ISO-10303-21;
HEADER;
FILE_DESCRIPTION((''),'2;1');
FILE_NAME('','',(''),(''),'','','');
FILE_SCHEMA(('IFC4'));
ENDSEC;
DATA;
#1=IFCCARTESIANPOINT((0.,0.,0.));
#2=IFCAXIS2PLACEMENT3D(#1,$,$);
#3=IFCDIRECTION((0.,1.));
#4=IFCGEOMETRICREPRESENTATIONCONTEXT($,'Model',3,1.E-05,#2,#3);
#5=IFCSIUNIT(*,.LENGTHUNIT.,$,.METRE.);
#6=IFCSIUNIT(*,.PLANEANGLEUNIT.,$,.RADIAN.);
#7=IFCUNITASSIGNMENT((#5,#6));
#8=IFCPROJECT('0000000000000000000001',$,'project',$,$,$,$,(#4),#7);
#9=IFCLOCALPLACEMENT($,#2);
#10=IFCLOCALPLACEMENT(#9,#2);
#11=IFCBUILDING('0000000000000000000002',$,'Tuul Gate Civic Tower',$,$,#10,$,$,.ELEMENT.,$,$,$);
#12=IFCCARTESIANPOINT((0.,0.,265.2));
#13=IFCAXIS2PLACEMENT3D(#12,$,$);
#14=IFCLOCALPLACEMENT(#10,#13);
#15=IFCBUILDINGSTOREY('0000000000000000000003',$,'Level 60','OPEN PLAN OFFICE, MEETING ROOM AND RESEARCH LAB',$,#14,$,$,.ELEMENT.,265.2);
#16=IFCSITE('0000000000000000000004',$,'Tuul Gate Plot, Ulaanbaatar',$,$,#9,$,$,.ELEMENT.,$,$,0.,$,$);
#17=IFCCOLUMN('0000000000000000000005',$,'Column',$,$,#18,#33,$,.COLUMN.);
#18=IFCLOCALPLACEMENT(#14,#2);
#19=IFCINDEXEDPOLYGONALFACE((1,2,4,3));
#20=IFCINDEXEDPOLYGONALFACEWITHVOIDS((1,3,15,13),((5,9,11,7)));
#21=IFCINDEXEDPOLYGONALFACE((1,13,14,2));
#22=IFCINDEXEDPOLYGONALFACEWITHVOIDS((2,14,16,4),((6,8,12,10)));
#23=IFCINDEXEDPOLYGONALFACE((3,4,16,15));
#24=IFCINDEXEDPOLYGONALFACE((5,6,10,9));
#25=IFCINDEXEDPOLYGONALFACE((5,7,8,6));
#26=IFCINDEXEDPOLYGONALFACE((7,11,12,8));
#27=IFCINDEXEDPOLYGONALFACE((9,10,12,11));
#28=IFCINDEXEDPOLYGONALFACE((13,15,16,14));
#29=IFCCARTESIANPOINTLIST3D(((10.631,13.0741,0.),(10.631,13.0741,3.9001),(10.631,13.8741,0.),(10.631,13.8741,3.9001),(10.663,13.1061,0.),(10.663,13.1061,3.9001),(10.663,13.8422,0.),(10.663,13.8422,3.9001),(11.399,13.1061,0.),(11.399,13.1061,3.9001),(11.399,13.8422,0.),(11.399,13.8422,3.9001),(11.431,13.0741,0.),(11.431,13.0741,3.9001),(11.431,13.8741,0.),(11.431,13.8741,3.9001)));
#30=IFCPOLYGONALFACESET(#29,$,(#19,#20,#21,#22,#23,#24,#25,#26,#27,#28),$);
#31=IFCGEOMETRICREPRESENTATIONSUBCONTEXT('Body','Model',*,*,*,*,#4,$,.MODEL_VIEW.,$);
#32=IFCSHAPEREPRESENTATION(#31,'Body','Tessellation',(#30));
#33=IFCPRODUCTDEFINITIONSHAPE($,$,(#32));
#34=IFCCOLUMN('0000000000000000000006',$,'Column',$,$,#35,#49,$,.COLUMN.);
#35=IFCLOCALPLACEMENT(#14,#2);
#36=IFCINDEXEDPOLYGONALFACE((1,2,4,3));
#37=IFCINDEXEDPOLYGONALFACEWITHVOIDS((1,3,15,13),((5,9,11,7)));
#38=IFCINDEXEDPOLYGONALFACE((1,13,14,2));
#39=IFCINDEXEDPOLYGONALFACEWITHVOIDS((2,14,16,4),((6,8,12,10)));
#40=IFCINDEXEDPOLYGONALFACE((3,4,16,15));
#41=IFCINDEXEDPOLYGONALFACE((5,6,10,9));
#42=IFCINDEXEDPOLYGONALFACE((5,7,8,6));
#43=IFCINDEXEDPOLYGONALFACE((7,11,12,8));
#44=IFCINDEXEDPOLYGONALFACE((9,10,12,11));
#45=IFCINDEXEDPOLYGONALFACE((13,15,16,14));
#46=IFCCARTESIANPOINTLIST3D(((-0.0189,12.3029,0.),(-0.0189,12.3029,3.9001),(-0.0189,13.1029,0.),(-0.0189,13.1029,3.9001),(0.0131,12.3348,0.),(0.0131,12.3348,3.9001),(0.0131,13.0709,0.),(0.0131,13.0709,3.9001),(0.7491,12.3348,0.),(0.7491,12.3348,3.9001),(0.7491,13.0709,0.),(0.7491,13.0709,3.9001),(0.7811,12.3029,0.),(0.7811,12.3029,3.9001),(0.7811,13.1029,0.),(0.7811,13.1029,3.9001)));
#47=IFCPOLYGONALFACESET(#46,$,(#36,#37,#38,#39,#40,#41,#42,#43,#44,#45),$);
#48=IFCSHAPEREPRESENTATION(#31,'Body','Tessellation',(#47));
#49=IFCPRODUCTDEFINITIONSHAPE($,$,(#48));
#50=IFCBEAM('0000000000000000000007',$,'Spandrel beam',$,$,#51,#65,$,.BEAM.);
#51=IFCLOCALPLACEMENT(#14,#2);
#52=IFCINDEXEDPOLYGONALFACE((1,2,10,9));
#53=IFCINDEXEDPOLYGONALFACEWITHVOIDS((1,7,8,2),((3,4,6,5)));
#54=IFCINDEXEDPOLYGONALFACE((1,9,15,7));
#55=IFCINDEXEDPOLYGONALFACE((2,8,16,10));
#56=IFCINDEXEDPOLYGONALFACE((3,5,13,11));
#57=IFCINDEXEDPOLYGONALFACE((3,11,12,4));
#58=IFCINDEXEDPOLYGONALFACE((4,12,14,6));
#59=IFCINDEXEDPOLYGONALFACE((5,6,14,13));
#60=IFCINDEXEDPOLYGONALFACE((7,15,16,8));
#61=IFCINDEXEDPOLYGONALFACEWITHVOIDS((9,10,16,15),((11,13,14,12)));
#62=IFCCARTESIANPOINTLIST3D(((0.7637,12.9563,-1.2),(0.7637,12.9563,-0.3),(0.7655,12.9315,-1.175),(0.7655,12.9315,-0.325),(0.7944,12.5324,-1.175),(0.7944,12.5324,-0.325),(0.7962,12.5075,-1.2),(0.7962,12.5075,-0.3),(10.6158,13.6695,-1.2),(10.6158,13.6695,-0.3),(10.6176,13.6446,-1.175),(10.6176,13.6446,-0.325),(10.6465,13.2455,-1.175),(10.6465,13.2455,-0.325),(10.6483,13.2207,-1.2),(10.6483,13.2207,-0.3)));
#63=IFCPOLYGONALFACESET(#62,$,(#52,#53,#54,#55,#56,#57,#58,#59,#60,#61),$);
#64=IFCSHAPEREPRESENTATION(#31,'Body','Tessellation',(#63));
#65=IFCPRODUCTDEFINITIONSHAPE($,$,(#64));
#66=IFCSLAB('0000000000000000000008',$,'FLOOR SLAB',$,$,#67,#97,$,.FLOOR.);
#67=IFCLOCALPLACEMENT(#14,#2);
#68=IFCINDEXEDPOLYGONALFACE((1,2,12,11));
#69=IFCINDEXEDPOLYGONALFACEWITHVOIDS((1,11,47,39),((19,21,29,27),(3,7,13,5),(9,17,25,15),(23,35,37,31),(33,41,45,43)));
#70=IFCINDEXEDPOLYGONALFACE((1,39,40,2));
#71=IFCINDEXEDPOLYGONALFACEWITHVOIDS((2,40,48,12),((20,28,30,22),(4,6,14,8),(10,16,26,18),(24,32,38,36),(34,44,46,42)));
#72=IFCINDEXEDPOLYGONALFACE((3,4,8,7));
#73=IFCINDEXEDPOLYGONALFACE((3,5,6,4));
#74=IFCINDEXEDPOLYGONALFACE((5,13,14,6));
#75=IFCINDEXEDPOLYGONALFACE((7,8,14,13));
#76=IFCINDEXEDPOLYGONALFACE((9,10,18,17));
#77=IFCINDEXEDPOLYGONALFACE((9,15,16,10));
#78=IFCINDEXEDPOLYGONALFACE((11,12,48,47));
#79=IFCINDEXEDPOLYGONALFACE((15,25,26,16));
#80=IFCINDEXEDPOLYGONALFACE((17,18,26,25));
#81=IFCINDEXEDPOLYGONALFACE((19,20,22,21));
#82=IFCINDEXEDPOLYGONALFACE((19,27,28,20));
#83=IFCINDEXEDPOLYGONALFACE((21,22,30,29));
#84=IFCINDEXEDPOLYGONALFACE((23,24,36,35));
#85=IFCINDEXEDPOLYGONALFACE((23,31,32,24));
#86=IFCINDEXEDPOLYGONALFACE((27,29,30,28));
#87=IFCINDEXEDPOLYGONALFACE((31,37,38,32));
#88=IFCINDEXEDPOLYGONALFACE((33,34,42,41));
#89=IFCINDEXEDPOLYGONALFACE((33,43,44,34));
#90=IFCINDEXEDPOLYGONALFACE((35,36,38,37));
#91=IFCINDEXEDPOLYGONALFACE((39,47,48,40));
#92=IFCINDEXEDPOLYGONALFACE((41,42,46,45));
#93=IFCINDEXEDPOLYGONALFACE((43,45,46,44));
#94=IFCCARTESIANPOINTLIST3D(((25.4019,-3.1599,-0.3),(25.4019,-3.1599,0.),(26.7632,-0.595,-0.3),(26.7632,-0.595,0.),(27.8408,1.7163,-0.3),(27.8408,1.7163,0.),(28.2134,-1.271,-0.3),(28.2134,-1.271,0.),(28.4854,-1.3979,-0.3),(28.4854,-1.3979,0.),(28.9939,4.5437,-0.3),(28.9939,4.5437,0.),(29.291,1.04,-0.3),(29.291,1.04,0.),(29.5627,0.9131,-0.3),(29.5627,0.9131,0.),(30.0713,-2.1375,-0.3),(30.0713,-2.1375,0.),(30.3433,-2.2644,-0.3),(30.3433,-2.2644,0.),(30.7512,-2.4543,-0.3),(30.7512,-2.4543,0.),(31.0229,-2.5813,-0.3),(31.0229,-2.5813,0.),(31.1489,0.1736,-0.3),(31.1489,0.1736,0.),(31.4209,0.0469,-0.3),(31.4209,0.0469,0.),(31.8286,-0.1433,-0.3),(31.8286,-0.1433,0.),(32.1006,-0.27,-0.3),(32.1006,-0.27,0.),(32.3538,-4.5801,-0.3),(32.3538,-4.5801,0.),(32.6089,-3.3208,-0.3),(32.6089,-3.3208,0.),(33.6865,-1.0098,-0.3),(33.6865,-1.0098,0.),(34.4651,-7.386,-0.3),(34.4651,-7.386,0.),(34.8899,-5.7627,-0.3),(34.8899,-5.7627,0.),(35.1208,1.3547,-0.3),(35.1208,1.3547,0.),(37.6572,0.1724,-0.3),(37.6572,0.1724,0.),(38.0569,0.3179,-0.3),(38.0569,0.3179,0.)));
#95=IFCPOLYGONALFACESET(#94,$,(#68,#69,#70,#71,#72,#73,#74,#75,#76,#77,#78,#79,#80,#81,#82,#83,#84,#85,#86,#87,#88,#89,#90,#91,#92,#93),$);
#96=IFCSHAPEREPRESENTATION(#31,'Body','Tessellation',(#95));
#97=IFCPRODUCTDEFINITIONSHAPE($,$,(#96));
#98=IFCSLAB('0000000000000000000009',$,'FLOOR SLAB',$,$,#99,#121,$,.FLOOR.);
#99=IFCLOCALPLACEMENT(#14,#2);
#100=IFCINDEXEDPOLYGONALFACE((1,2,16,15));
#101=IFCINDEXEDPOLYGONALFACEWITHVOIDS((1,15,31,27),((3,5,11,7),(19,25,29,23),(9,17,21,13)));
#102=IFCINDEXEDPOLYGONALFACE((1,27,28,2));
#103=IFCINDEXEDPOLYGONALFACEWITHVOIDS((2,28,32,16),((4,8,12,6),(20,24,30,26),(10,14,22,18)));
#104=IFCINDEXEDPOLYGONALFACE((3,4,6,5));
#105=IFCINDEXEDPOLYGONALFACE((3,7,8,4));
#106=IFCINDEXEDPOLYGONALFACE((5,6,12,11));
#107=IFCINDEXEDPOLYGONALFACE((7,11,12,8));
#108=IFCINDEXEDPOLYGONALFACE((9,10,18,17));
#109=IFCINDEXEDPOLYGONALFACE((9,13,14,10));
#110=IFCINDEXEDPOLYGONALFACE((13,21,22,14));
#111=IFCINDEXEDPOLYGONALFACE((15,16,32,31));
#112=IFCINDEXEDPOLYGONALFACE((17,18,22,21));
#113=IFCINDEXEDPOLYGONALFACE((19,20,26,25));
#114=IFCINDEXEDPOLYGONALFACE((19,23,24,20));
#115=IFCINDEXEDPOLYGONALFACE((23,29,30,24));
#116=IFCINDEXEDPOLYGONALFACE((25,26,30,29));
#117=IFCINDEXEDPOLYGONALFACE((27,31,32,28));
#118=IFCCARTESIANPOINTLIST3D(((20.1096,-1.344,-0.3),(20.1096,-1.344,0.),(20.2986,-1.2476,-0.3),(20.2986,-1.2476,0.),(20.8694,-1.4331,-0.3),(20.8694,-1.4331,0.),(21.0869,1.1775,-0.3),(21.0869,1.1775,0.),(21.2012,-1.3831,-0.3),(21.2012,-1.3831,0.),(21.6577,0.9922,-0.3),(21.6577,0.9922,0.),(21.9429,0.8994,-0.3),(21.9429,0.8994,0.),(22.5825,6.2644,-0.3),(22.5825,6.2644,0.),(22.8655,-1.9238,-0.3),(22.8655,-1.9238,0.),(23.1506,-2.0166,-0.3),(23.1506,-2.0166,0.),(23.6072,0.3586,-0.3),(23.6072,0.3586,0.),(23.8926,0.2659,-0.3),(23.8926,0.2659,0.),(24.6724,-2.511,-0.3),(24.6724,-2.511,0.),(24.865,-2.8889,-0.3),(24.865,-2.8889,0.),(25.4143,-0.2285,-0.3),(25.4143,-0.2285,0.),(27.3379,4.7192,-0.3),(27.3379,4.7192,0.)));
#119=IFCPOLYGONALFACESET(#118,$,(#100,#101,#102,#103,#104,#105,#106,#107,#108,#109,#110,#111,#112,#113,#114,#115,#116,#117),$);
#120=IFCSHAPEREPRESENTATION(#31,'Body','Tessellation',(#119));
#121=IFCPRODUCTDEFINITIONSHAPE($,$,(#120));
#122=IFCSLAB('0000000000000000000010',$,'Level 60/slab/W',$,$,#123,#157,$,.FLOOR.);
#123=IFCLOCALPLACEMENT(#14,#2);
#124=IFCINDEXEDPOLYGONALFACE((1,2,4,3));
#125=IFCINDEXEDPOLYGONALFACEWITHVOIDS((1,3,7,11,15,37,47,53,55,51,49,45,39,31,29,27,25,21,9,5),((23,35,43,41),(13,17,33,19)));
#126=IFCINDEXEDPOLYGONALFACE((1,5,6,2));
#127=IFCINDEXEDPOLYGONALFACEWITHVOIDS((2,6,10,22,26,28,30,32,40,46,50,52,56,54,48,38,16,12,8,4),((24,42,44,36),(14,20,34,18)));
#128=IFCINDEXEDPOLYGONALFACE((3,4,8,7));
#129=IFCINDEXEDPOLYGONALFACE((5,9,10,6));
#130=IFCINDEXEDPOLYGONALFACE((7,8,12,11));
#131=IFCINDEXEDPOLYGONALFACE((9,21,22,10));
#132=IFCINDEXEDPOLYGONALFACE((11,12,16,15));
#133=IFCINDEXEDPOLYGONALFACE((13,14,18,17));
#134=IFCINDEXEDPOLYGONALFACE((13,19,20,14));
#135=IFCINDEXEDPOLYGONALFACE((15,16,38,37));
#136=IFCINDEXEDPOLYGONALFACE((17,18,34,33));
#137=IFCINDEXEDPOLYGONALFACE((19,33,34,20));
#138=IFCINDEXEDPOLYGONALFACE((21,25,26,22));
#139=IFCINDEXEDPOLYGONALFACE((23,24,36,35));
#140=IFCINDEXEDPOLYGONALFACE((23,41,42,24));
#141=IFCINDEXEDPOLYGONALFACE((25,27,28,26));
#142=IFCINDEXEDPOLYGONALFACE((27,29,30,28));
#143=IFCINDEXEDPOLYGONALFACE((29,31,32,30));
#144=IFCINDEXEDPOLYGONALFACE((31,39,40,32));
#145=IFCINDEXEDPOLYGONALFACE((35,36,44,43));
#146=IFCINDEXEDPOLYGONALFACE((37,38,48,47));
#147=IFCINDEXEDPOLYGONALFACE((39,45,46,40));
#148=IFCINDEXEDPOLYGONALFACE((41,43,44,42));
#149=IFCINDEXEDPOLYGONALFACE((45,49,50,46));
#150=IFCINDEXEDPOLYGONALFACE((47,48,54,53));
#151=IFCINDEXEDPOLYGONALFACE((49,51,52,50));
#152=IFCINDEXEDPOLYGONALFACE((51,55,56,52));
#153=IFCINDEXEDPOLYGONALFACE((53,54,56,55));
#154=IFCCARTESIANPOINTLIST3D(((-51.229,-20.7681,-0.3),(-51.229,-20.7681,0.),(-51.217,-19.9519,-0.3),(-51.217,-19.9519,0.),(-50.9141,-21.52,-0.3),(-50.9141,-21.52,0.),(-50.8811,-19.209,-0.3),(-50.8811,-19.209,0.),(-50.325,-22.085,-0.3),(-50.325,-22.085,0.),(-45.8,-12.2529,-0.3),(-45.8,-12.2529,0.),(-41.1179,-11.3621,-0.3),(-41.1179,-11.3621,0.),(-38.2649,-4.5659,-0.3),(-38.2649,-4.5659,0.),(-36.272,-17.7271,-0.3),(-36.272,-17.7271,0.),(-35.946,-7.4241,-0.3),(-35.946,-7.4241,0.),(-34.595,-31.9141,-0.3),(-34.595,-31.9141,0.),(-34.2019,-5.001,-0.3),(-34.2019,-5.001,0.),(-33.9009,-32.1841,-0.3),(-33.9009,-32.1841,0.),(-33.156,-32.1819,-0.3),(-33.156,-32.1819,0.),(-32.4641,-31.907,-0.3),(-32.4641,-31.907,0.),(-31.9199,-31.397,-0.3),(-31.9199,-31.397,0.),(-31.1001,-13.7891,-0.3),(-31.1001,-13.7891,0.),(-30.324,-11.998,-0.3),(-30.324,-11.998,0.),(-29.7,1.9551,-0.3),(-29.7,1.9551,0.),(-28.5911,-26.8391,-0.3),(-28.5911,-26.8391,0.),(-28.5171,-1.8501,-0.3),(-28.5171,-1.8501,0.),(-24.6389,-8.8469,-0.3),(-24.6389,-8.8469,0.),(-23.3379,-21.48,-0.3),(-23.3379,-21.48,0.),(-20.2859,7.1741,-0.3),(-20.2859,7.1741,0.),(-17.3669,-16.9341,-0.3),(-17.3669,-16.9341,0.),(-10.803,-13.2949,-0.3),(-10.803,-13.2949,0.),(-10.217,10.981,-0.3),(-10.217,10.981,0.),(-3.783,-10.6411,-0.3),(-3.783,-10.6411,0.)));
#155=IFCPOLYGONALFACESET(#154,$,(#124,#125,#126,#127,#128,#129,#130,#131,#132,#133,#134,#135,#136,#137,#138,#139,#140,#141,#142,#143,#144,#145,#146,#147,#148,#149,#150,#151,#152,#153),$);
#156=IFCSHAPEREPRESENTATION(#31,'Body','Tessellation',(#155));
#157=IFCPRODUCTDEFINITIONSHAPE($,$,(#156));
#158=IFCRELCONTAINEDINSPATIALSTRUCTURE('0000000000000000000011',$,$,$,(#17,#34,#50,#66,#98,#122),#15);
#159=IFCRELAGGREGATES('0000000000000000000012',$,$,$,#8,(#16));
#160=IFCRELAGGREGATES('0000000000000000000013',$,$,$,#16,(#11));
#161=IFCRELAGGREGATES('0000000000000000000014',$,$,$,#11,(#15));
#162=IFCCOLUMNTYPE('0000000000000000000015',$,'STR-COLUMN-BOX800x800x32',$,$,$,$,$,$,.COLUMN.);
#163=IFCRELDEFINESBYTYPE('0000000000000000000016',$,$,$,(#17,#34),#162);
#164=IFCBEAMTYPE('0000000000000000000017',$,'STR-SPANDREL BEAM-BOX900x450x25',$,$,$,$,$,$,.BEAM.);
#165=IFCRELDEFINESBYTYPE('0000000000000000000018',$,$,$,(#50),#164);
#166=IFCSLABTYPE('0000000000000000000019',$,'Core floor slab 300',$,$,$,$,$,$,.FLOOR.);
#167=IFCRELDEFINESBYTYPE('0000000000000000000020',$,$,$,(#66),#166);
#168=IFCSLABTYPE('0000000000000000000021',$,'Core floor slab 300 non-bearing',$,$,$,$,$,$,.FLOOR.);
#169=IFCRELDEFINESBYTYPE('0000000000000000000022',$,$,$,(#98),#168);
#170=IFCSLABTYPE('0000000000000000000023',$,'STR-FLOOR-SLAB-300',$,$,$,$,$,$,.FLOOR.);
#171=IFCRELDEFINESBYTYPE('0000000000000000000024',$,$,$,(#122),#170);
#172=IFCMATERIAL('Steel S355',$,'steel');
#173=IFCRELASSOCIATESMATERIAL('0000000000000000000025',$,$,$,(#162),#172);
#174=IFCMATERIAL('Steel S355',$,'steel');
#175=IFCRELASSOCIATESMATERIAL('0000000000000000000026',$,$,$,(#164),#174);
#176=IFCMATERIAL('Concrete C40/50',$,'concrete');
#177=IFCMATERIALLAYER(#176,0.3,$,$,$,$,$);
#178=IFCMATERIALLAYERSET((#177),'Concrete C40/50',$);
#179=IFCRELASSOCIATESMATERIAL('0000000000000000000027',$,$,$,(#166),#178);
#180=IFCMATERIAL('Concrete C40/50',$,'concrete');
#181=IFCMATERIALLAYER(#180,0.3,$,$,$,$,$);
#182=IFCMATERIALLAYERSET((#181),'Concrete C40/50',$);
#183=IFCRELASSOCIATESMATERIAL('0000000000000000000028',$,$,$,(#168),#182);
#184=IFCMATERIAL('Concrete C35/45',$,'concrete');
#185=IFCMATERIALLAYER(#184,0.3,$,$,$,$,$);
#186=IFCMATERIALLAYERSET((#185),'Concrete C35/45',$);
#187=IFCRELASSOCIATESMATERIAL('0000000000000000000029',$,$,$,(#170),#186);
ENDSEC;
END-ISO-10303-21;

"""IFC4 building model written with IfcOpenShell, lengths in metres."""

from ifc_helpers import new_model, si_unit, direction, frame, origin, origin_2d, place, context, subcontext, project, spatial, polyline, hollow_rectangle, outline, extrude, material, layer, layer_set, material_profile, profile_set, type_object, element, save


model = new_model("IFC4")

# Units and contexts
model_context = context("Model", 3, precision=1e-05, world=origin(), true_north=direction((0.0, 1.0)))
body_context = subcontext(model_context, "Body", "Model", "MODEL_VIEW")
ifc_project = project(units=[si_unit("LENGTHUNIT", "METRE"), si_unit("PLANEANGLEUNIT", "RADIAN")], contexts=[model_context])

# Site, building, storey
site_placement = place(None, origin())
site = spatial("IfcSite", under=ifc_project, at=site_placement, Name="Tuul Gate Plot, Ulaanbaatar", CompositionType="ELEMENT", RefElevation=0.0)
building_placement = place(site_placement, origin())
building = spatial("IfcBuilding", under=site, at=building_placement, Name="Tuul Gate Civic Tower", CompositionType="ELEMENT")
storey_placement = place(building_placement, frame((0.0, 0.0, 265.2)))
storey = spatial("IfcBuildingStorey", under=building, at=storey_placement, Name="Level 60", Description="OPEN PLAN OFFICE, MEETING ROOM AND RESEARCH LAB", CompositionType="ELEMENT", Elevation=265.2)

# Columns
ifc_material_1 = material(Name="Steel S355", Category="steel")
ifc_material_profile_1 = material_profile(ifc_material_1, hollow_rectangle(XDim=0.8, YDim=0.8, WallThickness=0.032, at=origin_2d()), Name="BOX800x800x32")
ifc_profile_set_1 = profile_set([ifc_material_profile_1], Name="Steel S355")
column_type = type_object("IfcColumnType", Name="STR-COLUMN-BOX800x800x32", PredefinedType="COLUMN", material=ifc_profile_set_1)
for number, where, z_axis, x_axis, name in (
    (1, (11.031, 13.4741, 0.0), (0.0, 0.0, 1.0), (1.0, 0.0, 0.0), "Column"),
    (2, (0.3811, 12.7029, 0.0), (0.0, 0.0, 1.0), (1.0, 0.0, 0.0), "Column"),
):
    element("IfcColumn", number, at=place(storey_placement, frame(where, z_axis=z_axis, x_axis=x_axis)), inside=storey, type_object=column_type, Name=name, PredefinedType="COLUMN", context=body_context, shape_type="SweptSolid", body=[
        extrude(hollow_rectangle(XDim=0.8, YDim=0.8, WallThickness=0.032, at=origin_2d()), origin(), (0.0, 0.0, 1.0), 3.9001),
    ])

# Beam
ifc_material_2 = material(Name="Steel S355", Category="steel")
ifc_material_profile_2 = material_profile(ifc_material_2, hollow_rectangle(XDim=0.45, YDim=0.8999, WallThickness=0.0249, at=origin_2d()), Name="BOX900x450x25")
ifc_profile_set_2 = profile_set([ifc_material_profile_2], Name="Steel S355")
beam_type = type_object("IfcBeamType", Name="STR-SPANDREL BEAM-BOX900x450x25", PredefinedType="BEAM", material=ifc_profile_set_2)
beam_placement = place(storey_placement, frame((10.6321, 13.4451, -0.75), z_axis=(-0.99739, -0.072196, 0.0), x_axis=(0.072196, -0.99739, 0.0)))
element("IfcBeam", 3, at=beam_placement, inside=storey, type_object=beam_type, Name="Spandrel beam", PredefinedType="BEAM", context=body_context, shape_type="SweptSolid", body=[
    extrude(hollow_rectangle(XDim=0.45, YDim=0.8999, WallThickness=0.0249, at=origin_2d()), origin(), (0.0, 0.0, 1.0), 9.8779),
])

# Slabs
ifc_material_3 = material(Name="Concrete C40/50", Category="concrete")
ifc_layer_1 = layer(ifc_material_3, 0.3)
ifc_layer_set_1 = layer_set([ifc_layer_1], Name="Concrete C40/50")
slab_type_1 = type_object("IfcSlabType", Name="Core floor slab 300", PredefinedType="FLOOR", material=ifc_layer_set_1)
slab_1_placement = place(storey_placement, frame((0.0, 0.0, -0.3)))
element("IfcSlab", 4, at=slab_1_placement, inside=storey, type_object=slab_type_1, Name="FLOOR SLAB", PredefinedType="FLOOR", context=body_context, shape_type="SweptSolid", body=[
    extrude(outline(polyline([(34.4651, -7.386), (38.0569, 0.3179), (28.9939, 4.5437), (25.4019, -3.1599), (34.4651, -7.386)]), holes=[polyline([(32.6089, -3.3208), (33.6865, -1.0098), (32.1006, -0.27), (31.0229, -2.5813), (32.6089, -3.3208)]), polyline([(30.0713, -2.1375), (31.1489, 0.1736), (29.5627, 0.9131), (28.4854, -1.3979), (30.0713, -2.1375)]), polyline([(30.7512, -2.4543), (31.8286, -0.1433), (31.4209, 0.0469), (30.3433, -2.2644), (30.7512, -2.4543)]), polyline([(28.2134, -1.271), (29.291, 1.04), (27.8408, 1.7163), (26.7632, -0.595), (28.2134, -1.271)]), polyline([(34.8899, -5.7627), (32.3538, -4.5801), (35.1208, 1.3547), (37.6572, 0.1724), (34.8899, -5.7627)])]), origin(), (0.0, 0.0, 1.0), 0.3),
])
ifc_material_4 = material(Name="Concrete C40/50", Category="concrete")
ifc_layer_2 = layer(ifc_material_4, 0.3)
ifc_layer_set_2 = layer_set([ifc_layer_2], Name="Concrete C40/50")
slab_type_2 = type_object("IfcSlabType", Name="Core floor slab 300 non-bearing", PredefinedType="FLOOR", material=ifc_layer_set_2)
slab_2_placement = place(storey_placement, frame((0.0, 0.0, -0.3)))
element("IfcSlab", 5, at=slab_2_placement, inside=storey, type_object=slab_type_2, Name="FLOOR SLAB", PredefinedType="FLOOR", context=body_context, shape_type="SweptSolid", body=[
    extrude(outline(polyline([(24.865, -2.8889), (27.3379, 4.7192), (22.5825, 6.2644), (20.1096, -1.344), (24.865, -2.8889)]), holes=[polyline([(24.6724, -2.511), (25.4143, -0.2285), (23.8926, 0.2659), (23.1506, -2.0166), (24.6724, -2.511)]), polyline([(22.8655, -1.9238), (23.6072, 0.3586), (21.9429, 0.8994), (21.2012, -1.3831), (22.8655, -1.9238)]), polyline([(20.8694, -1.4331), (21.6577, 0.9922), (21.0869, 1.1775), (20.2986, -1.2476), (20.8694, -1.4331)])]), origin(), (0.0, 0.0, 1.0), 0.3),
])
ifc_material_5 = material(Name="Concrete C35/45", Category="concrete")
ifc_layer_3 = layer(ifc_material_5, 0.3)
ifc_layer_set_3 = layer_set([ifc_layer_3], Name="Concrete C35/45")
slab_type_3 = type_object("IfcSlabType", Name="STR-FLOOR-SLAB-300", PredefinedType="FLOOR", material=ifc_layer_set_3)
slab_3_placement = place(storey_placement, frame((0.0, 0.0, -0.3)))
element("IfcSlab", 6, at=slab_3_placement, inside=storey, type_object=slab_type_3, Name="Level 60/slab/W", PredefinedType="FLOOR", context=body_context, shape_type="SweptSolid", body=[
    extrude(outline(polyline([(-10.803, -13.2949), (-3.783, -10.6411), (-10.217, 10.981), (-20.2859, 7.1741), (-29.7, 1.9551), (-38.2649, -4.5659), (-45.8, -12.2529), (-50.8811, -19.209), (-51.217, -19.9519), (-51.229, -20.7681), (-50.9141, -21.52), (-50.325, -22.085), (-34.595, -31.9141), (-33.9009, -32.1841), (-33.156, -32.1819), (-32.4641, -31.907), (-31.9199, -31.397), (-28.5911, -26.8391), (-23.3379, -21.48), (-17.3669, -16.9341), (-10.803, -13.2949)]), holes=[polyline([(-31.1001, -13.7891), (-36.272, -17.7271), (-41.1179, -11.3621), (-35.946, -7.4241), (-31.1001, -13.7891)]), polyline([(-24.6389, -8.8469), (-30.324, -11.998), (-34.2019, -5.001), (-28.5171, -1.8501), (-24.6389, -8.8469)])]), origin(), (0.0, 0.0, 1.0), 0.3),
])

save(model, "model.ifc")
